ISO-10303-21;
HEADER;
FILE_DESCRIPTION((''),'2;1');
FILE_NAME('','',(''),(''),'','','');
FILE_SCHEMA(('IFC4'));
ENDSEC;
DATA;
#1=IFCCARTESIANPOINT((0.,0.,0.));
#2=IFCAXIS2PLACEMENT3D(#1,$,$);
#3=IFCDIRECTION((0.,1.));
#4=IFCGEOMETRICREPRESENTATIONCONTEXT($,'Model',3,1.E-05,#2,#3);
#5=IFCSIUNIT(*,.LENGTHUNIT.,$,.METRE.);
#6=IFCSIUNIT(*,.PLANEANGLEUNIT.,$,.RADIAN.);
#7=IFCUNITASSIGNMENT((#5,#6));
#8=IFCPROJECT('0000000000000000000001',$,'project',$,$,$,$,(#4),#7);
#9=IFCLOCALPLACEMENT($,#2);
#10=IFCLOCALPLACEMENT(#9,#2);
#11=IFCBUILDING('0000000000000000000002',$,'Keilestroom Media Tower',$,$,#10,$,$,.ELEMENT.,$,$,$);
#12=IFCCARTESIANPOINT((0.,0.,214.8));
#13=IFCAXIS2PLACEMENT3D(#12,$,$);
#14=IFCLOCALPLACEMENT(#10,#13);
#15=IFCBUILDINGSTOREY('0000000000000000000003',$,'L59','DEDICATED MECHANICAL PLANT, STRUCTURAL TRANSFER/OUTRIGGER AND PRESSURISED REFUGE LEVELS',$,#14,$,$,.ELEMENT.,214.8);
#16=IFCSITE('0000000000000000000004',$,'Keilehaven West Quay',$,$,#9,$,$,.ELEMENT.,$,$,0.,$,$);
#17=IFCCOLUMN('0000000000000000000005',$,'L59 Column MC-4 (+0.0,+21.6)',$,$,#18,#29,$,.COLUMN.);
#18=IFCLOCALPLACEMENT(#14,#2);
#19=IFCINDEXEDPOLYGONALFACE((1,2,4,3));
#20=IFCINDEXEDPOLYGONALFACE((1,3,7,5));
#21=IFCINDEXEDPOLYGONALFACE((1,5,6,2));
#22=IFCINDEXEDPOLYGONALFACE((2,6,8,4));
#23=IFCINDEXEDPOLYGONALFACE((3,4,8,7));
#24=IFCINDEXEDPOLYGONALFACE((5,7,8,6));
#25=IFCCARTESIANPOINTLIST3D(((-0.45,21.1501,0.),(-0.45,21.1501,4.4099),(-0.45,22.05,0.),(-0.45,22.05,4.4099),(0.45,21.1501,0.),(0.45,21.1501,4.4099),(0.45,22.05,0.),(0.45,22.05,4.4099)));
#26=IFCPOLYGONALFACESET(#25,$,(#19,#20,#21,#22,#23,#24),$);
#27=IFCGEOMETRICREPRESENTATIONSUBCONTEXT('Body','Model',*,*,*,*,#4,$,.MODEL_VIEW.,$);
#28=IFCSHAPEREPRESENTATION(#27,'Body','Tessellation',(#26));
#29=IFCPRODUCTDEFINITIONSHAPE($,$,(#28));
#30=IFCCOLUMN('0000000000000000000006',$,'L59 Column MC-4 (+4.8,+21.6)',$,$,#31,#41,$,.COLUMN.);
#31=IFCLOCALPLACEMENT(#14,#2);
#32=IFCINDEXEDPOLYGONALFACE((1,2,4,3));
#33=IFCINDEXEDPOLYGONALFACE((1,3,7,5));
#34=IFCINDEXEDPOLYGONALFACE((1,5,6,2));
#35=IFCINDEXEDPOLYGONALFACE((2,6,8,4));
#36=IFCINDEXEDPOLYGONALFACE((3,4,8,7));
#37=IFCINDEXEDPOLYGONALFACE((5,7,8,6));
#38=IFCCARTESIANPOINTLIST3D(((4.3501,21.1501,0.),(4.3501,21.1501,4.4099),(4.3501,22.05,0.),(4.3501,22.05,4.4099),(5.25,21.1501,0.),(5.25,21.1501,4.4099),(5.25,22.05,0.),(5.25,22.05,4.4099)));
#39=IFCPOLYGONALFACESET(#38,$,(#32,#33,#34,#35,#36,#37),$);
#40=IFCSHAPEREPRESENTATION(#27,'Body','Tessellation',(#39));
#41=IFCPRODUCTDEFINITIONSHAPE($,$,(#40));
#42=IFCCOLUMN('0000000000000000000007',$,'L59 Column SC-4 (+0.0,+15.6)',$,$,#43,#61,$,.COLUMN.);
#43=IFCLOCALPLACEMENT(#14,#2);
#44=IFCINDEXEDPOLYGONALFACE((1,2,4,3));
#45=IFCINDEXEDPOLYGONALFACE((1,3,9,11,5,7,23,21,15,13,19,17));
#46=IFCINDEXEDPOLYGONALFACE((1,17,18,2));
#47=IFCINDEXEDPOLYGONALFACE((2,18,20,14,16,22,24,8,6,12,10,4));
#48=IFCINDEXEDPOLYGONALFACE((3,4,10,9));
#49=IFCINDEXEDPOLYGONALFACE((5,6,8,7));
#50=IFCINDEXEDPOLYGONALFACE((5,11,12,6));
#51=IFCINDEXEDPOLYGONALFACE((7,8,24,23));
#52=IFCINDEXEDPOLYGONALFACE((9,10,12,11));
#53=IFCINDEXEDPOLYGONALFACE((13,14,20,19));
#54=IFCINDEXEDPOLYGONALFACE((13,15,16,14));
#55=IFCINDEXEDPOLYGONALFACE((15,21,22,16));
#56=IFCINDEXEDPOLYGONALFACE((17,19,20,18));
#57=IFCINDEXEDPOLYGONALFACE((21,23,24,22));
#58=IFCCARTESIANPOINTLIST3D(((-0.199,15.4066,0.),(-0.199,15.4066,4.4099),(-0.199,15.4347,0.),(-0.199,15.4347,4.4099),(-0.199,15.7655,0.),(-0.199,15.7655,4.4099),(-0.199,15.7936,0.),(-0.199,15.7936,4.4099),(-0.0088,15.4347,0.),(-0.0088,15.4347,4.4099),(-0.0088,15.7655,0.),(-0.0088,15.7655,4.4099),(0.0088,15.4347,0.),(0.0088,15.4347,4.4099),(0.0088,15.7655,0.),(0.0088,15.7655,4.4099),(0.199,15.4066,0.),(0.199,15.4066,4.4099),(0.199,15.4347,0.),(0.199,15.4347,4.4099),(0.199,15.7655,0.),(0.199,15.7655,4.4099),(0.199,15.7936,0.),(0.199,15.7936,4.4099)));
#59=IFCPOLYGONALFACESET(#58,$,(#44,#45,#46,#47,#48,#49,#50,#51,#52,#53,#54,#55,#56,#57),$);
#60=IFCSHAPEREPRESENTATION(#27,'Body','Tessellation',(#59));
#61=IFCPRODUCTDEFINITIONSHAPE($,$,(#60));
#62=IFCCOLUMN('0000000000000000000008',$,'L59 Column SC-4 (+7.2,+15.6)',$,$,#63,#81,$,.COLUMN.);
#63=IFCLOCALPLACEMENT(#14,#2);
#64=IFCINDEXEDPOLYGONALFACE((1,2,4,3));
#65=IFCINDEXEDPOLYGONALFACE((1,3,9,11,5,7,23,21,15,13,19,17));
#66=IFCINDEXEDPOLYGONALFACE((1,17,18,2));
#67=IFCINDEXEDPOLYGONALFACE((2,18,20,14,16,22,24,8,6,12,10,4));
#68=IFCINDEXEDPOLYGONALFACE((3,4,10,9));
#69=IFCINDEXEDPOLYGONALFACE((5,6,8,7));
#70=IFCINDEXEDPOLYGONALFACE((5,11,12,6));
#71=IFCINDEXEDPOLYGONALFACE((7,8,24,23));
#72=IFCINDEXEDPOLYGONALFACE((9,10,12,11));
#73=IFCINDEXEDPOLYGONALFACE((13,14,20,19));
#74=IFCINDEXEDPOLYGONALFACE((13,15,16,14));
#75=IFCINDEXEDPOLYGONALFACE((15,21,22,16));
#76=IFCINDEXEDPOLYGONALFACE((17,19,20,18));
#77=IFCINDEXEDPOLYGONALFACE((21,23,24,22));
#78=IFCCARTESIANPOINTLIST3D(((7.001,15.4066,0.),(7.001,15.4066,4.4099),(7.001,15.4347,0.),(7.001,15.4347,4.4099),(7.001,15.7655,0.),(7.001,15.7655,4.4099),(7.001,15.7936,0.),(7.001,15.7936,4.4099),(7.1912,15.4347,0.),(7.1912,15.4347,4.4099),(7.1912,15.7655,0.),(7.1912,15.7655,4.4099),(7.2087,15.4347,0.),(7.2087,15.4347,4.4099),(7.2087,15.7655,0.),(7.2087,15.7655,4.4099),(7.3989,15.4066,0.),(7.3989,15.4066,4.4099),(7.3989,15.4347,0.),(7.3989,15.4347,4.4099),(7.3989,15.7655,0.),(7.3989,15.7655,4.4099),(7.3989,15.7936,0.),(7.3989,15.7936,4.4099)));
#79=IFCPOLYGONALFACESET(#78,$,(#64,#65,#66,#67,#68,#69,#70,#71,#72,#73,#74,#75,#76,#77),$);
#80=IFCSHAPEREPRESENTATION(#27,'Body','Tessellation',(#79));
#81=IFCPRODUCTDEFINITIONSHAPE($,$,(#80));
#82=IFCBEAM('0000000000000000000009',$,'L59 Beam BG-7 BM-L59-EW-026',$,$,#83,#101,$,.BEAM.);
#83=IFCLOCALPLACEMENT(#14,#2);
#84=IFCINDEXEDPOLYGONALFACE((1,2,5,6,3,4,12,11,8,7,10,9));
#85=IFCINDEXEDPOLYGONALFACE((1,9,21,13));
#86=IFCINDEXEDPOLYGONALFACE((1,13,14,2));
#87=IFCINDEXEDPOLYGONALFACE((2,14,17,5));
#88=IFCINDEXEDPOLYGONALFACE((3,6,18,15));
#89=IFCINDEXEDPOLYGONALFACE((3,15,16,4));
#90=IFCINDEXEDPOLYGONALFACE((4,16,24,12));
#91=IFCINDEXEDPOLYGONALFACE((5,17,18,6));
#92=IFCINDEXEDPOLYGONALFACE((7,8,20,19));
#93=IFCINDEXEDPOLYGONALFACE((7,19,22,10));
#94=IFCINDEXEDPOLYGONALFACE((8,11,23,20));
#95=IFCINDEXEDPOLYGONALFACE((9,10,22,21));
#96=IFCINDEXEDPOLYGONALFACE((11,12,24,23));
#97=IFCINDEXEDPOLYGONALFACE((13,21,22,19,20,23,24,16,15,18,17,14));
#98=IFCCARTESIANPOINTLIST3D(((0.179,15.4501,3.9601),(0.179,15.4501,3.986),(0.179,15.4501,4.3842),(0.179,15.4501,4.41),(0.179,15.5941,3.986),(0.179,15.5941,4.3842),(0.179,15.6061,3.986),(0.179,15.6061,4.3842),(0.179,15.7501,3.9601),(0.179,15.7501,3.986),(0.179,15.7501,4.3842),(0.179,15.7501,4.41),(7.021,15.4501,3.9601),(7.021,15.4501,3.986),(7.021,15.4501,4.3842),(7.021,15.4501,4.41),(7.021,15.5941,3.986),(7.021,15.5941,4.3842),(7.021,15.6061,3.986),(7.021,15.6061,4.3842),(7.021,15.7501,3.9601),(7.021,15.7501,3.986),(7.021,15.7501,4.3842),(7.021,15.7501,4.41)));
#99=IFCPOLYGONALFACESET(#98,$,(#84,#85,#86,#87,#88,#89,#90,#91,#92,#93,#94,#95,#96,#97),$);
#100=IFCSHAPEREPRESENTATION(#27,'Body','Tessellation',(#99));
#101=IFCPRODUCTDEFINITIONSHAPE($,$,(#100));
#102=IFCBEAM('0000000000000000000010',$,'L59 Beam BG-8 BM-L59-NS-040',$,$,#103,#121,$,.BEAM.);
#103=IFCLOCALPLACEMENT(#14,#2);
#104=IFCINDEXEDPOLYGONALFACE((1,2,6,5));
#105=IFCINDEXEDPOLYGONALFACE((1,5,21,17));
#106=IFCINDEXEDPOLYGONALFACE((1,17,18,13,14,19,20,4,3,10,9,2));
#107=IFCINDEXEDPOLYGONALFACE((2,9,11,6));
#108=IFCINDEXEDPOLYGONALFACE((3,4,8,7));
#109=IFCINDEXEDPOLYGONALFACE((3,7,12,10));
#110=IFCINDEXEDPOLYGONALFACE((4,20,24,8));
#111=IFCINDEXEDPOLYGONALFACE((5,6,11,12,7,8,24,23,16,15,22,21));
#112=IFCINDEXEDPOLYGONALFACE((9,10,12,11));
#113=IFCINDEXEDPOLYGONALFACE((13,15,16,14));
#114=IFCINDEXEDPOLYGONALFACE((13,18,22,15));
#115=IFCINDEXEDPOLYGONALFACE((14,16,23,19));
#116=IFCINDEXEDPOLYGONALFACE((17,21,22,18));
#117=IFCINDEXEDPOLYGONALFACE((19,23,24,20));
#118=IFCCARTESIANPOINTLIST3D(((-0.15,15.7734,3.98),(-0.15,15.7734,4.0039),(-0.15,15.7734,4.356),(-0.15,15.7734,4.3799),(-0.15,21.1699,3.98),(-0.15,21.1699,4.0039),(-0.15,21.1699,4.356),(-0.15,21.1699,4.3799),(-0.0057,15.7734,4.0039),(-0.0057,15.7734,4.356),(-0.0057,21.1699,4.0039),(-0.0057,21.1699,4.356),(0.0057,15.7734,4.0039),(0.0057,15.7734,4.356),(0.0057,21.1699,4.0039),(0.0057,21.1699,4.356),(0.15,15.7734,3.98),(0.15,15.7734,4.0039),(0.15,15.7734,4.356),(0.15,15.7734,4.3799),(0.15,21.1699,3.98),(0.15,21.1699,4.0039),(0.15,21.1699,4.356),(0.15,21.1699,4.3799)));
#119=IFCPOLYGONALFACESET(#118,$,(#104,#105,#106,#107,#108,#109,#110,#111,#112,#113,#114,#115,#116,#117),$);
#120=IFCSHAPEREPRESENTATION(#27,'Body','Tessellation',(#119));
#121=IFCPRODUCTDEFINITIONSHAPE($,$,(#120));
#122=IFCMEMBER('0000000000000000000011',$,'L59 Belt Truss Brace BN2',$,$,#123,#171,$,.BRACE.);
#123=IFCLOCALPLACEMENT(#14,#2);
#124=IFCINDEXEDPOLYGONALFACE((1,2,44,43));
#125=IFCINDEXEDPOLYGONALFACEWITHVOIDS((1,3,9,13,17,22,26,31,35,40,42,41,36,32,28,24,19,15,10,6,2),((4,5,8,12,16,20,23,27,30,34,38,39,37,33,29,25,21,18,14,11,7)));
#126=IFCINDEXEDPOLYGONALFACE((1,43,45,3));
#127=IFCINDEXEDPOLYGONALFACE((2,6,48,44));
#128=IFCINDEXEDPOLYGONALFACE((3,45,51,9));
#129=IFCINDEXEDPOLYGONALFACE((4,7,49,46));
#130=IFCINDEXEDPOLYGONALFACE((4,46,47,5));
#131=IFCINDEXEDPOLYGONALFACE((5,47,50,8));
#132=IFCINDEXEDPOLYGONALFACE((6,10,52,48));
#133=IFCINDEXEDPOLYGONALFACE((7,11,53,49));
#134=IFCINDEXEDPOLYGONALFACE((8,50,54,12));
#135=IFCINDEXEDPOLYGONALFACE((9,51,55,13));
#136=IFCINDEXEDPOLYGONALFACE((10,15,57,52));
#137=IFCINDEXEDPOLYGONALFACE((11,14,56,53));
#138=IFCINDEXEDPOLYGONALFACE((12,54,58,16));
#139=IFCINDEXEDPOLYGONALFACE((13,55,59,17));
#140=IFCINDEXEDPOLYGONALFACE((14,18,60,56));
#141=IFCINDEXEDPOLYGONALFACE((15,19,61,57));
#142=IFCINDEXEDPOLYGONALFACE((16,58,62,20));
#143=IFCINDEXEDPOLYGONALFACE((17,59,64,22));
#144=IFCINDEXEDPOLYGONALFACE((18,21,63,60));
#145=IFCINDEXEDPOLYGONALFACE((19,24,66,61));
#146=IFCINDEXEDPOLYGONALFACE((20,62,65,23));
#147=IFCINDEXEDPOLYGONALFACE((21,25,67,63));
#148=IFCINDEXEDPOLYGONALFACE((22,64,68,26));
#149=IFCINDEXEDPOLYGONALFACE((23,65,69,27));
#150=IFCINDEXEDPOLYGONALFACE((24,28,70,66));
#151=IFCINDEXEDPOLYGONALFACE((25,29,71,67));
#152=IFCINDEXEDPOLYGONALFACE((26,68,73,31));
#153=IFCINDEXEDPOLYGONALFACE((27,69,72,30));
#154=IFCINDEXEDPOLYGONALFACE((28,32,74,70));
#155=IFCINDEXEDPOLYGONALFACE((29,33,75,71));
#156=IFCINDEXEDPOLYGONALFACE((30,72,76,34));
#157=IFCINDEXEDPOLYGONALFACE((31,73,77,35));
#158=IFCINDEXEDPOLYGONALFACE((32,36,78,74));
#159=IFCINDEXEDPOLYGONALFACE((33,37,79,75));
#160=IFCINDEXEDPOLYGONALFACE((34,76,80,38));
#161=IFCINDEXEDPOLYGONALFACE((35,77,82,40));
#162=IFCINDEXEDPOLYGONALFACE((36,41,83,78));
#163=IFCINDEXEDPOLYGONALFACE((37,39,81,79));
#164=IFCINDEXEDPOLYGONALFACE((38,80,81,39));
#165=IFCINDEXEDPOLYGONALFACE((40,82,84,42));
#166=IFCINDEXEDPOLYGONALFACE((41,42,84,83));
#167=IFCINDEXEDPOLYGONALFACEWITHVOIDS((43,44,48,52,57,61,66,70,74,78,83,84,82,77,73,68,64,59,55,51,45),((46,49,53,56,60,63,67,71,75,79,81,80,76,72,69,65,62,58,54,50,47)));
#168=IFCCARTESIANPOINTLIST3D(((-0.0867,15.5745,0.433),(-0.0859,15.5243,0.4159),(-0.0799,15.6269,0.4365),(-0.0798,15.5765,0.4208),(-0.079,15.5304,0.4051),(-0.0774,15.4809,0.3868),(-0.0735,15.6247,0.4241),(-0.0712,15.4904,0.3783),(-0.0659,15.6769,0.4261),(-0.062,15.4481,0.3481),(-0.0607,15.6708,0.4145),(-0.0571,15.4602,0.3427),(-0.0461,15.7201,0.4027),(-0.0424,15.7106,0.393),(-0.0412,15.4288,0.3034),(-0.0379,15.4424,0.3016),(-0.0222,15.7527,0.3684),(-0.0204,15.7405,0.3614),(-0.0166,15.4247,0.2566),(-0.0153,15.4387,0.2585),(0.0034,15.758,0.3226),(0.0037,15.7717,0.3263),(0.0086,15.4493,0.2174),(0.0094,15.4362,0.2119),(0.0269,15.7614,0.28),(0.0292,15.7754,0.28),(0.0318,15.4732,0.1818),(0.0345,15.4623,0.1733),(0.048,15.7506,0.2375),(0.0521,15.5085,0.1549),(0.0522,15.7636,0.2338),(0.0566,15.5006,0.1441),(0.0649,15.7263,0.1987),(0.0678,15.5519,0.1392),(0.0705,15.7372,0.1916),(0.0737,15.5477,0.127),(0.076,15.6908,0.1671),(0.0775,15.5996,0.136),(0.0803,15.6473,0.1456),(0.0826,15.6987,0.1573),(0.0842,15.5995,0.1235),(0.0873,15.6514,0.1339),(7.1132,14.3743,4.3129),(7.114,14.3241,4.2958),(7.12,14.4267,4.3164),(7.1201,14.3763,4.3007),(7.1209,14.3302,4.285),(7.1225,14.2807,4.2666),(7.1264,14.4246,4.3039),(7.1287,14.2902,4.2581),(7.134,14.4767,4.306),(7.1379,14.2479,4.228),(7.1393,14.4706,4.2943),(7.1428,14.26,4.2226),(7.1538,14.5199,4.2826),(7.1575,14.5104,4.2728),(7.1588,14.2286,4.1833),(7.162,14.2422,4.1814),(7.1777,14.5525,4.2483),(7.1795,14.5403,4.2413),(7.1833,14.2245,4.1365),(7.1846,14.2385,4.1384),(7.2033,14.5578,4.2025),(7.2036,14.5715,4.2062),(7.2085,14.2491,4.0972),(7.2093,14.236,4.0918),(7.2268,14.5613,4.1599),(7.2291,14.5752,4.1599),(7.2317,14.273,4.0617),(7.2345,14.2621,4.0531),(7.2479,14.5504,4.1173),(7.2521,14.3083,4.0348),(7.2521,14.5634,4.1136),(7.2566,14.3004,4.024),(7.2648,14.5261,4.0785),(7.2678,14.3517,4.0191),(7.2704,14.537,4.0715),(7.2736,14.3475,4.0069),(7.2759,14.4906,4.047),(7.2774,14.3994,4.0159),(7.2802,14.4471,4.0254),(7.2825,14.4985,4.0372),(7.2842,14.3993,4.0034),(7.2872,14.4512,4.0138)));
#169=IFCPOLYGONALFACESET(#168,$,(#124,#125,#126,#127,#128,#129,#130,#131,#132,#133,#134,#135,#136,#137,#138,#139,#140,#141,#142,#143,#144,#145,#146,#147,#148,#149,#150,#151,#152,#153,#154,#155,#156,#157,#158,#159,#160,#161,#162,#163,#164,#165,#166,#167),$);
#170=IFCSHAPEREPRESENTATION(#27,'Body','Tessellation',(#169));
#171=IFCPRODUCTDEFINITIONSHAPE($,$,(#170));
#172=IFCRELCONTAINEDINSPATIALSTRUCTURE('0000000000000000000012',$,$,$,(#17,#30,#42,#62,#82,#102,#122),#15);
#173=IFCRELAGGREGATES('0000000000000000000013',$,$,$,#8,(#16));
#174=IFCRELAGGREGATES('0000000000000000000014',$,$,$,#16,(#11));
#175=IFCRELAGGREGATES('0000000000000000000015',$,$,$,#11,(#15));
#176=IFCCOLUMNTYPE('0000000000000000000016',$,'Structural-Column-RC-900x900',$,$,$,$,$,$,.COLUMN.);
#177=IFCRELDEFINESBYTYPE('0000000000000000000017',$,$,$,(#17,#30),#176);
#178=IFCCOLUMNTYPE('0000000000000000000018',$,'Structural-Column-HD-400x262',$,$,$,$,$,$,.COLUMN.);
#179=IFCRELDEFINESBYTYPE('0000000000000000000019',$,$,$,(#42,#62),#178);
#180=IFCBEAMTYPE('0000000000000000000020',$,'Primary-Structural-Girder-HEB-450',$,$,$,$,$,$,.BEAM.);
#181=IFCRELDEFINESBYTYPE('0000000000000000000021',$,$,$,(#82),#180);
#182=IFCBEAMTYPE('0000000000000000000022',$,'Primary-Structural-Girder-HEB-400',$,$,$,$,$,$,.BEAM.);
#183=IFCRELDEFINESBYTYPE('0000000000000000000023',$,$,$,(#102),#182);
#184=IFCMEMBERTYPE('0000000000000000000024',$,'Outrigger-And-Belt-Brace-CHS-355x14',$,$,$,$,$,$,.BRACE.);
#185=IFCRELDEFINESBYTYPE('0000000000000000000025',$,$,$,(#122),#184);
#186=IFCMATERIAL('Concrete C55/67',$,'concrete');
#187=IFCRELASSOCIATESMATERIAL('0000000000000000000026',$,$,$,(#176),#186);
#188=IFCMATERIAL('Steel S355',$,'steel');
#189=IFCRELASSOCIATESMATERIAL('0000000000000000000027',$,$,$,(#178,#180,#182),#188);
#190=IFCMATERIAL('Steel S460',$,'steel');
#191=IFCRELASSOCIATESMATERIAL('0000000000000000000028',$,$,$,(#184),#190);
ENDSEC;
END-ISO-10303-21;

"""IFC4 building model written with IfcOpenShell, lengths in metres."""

from ifc_helpers import new_model, si_unit, direction, frame, origin, origin_2d, place, context, subcontext, project, spatial, rectangle, hollow_circle, i_section, extrude, source, transform, mapped, material, material_profile, profile_set, type_object, element, save


model = new_model("IFC4")

# Units and contexts
model_context = context("Model", 3, precision=1e-05, world=origin(), true_north=direction((0.0, 1.0)))
body_context = subcontext(model_context, "Body", "Model", "MODEL_VIEW")
ifc_project = project(units=[si_unit("LENGTHUNIT", "METRE"), si_unit("PLANEANGLEUNIT", "RADIAN")], contexts=[model_context])

# Site, building, storey
site_placement = place(None, origin())
site = spatial("IfcSite", under=ifc_project, at=site_placement, Name="Keilehaven West Quay", CompositionType="ELEMENT", RefElevation=0.0)
building_placement = place(site_placement, origin())
building = spatial("IfcBuilding", under=site, at=building_placement, Name="Keilestroom Media Tower", CompositionType="ELEMENT")
storey_placement = place(building_placement, frame((0.0, 0.0, 214.8)))
storey = spatial("IfcBuildingStorey", under=building, at=storey_placement, Name="L59", Description="DEDICATED MECHANICAL PLANT, STRUCTURAL TRANSFER/OUTRIGGER AND PRESSURISED REFUGE LEVELS", CompositionType="ELEMENT", Elevation=214.8)

# Columns
ifc_material_1 = material(Name="Concrete C55/67", Category="concrete")
ifc_material_profile_1 = material_profile(ifc_material_1, rectangle(XDim=0.8999, YDim=0.8999, at=origin_2d()), Name="RC 900x900")
ifc_profile_set_1 = profile_set([ifc_material_profile_1], Name="Concrete C55/67")
column_type_1 = type_object("IfcColumnType", Name="Structural-Column-RC-900x900", PredefinedType="COLUMN", material=ifc_profile_set_1)
shared_shape_1 = source(origin(), body_context, "Body", "SweptSolid", [
    extrude(rectangle(XDim=0.8999, YDim=0.8999, at=origin_2d()), origin(), (0.0, 0.0, 1.0), 4.4099),
])
for number, where, z_axis, x_axis, name in (
    (1, (0.0, 21.6001, 0.0), (0.0, 0.0, 1.0), (1.0, 0.0, 0.0), "L59 Column MC-4 (+0.0,+21.6)"),
    (2, (4.8, 21.6001, 0.0), (0.0, 0.0, 1.0), (1.0, 0.0, 0.0), "L59 Column MC-4 (+4.8,+21.6)"),
):
    element("IfcColumn", number, at=place(storey_placement, frame(where, z_axis=z_axis, x_axis=x_axis)), inside=storey, type_object=column_type_1, Name=name, PredefinedType="COLUMN", context=body_context, shape_type="MappedRepresentation", body=[
        mapped(shared_shape_1, transform((0.0, 0.0, 0.0), x_axis=(1.0, 0.0, 0.0), y_axis=(0.0, 1.0, 0.0), z_axis=(0.0, 0.0, 1.0), scale=1.0)),
    ])
ifc_material_2 = material(Name="Steel S355", Category="steel")
ifc_material_profile_2 = material_profile(ifc_material_2, i_section(OverallWidth=0.3979, OverallDepth=0.387, WebThickness=0.0176, FlangeThickness=0.0281, at=origin_2d()), Name="HD 400x262")
ifc_profile_set_2 = profile_set([ifc_material_profile_2], Name="Steel S355")
column_type_2 = type_object("IfcColumnType", Name="Structural-Column-HD-400x262", PredefinedType="COLUMN", material=ifc_profile_set_2)
shared_shape_2 = source(origin(), body_context, "Body", "SweptSolid", [
    extrude(i_section(OverallWidth=0.3979, OverallDepth=0.387, WebThickness=0.0176, FlangeThickness=0.0281, at=origin_2d()), origin(), (0.0, 0.0, 1.0), 4.4099),
])
for number, where, z_axis, x_axis, name in (
    (3, (0.0, 15.6001, 0.0), (0.0, 0.0, 1.0), (1.0, 0.0, 0.0), "L59 Column SC-4 (+0.0,+15.6)"),
    (4, (7.2, 15.6001, 0.0), (0.0, 0.0, 1.0), (1.0, 0.0, 0.0), "L59 Column SC-4 (+7.2,+15.6)"),
):
    element("IfcColumn", number, at=place(storey_placement, frame(where, z_axis=z_axis, x_axis=x_axis)), inside=storey, type_object=column_type_2, Name=name, PredefinedType="COLUMN", context=body_context, shape_type="MappedRepresentation", body=[
        mapped(shared_shape_2, transform((0.0, 0.0, 0.0), x_axis=(1.0, 0.0, 0.0), y_axis=(0.0, 1.0, 0.0), z_axis=(0.0, 0.0, 1.0), scale=1.0)),
    ])

# Beams
ifc_material_profile_3 = material_profile(ifc_material_2, i_section(OverallWidth=0.3, OverallDepth=0.45, WebThickness=0.012, FlangeThickness=0.0259, at=origin_2d()), Name="HEB 450")
ifc_profile_set_3 = profile_set([ifc_material_profile_3], Name="Steel S355")
beam_type_1 = type_object("IfcBeamType", Name="Primary-Structural-Girder-HEB-450", PredefinedType="BEAM", material=ifc_profile_set_3)
shared_shape_3 = source(origin(), body_context, "Body", "SweptSolid", [
    extrude(i_section(OverallWidth=0.3, OverallDepth=0.45, WebThickness=0.012, FlangeThickness=0.0259, at=origin_2d()), origin(), (0.0, 0.0, 1.0), 6.842),
])
beam_1_placement = place(storey_placement, frame((0.179, 15.6001, 4.1851), z_axis=(1.0, 0.0, 0.0), x_axis=(0.0, 1.0, 0.0)))
element("IfcBeam", 5, at=beam_1_placement, inside=storey, type_object=beam_type_1, Name="L59 Beam BG-7 BM-L59-EW-026", PredefinedType="BEAM", context=body_context, shape_type="MappedRepresentation", body=[
    mapped(shared_shape_3, transform((0.0, 0.0, 0.0), x_axis=(1.0, 0.0, 0.0), y_axis=(0.0, 1.0, 0.0), z_axis=(0.0, 0.0, 1.0), scale=1.0)),
])
ifc_material_profile_4 = material_profile(ifc_material_2, i_section(OverallWidth=0.3, OverallDepth=0.3999, WebThickness=0.0115, FlangeThickness=0.0239, at=origin_2d()), Name="HEB 400")
ifc_profile_set_4 = profile_set([ifc_material_profile_4], Name="Steel S355")
beam_type_2 = type_object("IfcBeamType", Name="Primary-Structural-Girder-HEB-400", PredefinedType="BEAM", material=ifc_profile_set_4)
shared_shape_4 = source(origin(), body_context, "Body", "SweptSolid", [
    extrude(i_section(OverallWidth=0.3, OverallDepth=0.3999, WebThickness=0.0115, FlangeThickness=0.0239, at=origin_2d()), origin(), (0.0, 0.0, 1.0), 5.3965),
])
beam_2_placement = place(storey_placement, frame((0.0, 15.7734, 4.1799), z_axis=(0.0, 1.0, 0.0), x_axis=(-1.0, 0.0, 0.0)))
element("IfcBeam", 6, at=beam_2_placement, inside=storey, type_object=beam_type_2, Name="L59 Beam BG-8 BM-L59-NS-040", PredefinedType="BEAM", context=body_context, shape_type="MappedRepresentation", body=[
    mapped(shared_shape_4, transform((0.0, 0.0, 0.0), x_axis=(1.0, 0.0, 0.0), y_axis=(0.0, 1.0, 0.0), z_axis=(0.0, 0.0, 1.0), scale=1.0)),
])

# Member
ifc_material_3 = material(Name="Steel S460", Category="steel")
ifc_material_profile_5 = material_profile(ifc_material_3, hollow_circle(Radius=0.1777, WallThickness=0.0142, at=origin_2d()), Name="CHS 355.6x14.2")
ifc_profile_set_5 = profile_set([ifc_material_profile_5], Name="Steel S460")
member_type_1 = type_object("IfcMemberType", Name="Outrigger-And-Belt-Brace-CHS-355x14", PredefinedType="BRACE", material=ifc_profile_set_5)
shared_shape_5 = source(origin(), body_context, "Body", "SweptSolid", [
    extrude(hollow_circle(Radius=0.1777, WallThickness=0.0142, at=origin_2d()), origin(), (0.0, 0.0, 1.0), 8.2664),
])
member_1_placement = place(storey_placement, frame((0.0, 15.6001, 0.28), z_axis=(0.870991, -0.14519, 0.469356), x_axis=(0.164426, 0.986389, 0.0)))
element("IfcMember", 7, at=member_1_placement, inside=storey, type_object=member_type_1, Name="L59 Belt Truss Brace BN2", PredefinedType="BRACE", context=body_context, shape_type="MappedRepresentation", body=[
    mapped(shared_shape_5, transform((0.0, 0.0, 0.0), x_axis=(1.0, 0.0, 0.0), y_axis=(0.0, 1.0, 0.0), z_axis=(0.0, 0.0, 1.0), scale=1.0)),
])

save(model, "model.ifc")
